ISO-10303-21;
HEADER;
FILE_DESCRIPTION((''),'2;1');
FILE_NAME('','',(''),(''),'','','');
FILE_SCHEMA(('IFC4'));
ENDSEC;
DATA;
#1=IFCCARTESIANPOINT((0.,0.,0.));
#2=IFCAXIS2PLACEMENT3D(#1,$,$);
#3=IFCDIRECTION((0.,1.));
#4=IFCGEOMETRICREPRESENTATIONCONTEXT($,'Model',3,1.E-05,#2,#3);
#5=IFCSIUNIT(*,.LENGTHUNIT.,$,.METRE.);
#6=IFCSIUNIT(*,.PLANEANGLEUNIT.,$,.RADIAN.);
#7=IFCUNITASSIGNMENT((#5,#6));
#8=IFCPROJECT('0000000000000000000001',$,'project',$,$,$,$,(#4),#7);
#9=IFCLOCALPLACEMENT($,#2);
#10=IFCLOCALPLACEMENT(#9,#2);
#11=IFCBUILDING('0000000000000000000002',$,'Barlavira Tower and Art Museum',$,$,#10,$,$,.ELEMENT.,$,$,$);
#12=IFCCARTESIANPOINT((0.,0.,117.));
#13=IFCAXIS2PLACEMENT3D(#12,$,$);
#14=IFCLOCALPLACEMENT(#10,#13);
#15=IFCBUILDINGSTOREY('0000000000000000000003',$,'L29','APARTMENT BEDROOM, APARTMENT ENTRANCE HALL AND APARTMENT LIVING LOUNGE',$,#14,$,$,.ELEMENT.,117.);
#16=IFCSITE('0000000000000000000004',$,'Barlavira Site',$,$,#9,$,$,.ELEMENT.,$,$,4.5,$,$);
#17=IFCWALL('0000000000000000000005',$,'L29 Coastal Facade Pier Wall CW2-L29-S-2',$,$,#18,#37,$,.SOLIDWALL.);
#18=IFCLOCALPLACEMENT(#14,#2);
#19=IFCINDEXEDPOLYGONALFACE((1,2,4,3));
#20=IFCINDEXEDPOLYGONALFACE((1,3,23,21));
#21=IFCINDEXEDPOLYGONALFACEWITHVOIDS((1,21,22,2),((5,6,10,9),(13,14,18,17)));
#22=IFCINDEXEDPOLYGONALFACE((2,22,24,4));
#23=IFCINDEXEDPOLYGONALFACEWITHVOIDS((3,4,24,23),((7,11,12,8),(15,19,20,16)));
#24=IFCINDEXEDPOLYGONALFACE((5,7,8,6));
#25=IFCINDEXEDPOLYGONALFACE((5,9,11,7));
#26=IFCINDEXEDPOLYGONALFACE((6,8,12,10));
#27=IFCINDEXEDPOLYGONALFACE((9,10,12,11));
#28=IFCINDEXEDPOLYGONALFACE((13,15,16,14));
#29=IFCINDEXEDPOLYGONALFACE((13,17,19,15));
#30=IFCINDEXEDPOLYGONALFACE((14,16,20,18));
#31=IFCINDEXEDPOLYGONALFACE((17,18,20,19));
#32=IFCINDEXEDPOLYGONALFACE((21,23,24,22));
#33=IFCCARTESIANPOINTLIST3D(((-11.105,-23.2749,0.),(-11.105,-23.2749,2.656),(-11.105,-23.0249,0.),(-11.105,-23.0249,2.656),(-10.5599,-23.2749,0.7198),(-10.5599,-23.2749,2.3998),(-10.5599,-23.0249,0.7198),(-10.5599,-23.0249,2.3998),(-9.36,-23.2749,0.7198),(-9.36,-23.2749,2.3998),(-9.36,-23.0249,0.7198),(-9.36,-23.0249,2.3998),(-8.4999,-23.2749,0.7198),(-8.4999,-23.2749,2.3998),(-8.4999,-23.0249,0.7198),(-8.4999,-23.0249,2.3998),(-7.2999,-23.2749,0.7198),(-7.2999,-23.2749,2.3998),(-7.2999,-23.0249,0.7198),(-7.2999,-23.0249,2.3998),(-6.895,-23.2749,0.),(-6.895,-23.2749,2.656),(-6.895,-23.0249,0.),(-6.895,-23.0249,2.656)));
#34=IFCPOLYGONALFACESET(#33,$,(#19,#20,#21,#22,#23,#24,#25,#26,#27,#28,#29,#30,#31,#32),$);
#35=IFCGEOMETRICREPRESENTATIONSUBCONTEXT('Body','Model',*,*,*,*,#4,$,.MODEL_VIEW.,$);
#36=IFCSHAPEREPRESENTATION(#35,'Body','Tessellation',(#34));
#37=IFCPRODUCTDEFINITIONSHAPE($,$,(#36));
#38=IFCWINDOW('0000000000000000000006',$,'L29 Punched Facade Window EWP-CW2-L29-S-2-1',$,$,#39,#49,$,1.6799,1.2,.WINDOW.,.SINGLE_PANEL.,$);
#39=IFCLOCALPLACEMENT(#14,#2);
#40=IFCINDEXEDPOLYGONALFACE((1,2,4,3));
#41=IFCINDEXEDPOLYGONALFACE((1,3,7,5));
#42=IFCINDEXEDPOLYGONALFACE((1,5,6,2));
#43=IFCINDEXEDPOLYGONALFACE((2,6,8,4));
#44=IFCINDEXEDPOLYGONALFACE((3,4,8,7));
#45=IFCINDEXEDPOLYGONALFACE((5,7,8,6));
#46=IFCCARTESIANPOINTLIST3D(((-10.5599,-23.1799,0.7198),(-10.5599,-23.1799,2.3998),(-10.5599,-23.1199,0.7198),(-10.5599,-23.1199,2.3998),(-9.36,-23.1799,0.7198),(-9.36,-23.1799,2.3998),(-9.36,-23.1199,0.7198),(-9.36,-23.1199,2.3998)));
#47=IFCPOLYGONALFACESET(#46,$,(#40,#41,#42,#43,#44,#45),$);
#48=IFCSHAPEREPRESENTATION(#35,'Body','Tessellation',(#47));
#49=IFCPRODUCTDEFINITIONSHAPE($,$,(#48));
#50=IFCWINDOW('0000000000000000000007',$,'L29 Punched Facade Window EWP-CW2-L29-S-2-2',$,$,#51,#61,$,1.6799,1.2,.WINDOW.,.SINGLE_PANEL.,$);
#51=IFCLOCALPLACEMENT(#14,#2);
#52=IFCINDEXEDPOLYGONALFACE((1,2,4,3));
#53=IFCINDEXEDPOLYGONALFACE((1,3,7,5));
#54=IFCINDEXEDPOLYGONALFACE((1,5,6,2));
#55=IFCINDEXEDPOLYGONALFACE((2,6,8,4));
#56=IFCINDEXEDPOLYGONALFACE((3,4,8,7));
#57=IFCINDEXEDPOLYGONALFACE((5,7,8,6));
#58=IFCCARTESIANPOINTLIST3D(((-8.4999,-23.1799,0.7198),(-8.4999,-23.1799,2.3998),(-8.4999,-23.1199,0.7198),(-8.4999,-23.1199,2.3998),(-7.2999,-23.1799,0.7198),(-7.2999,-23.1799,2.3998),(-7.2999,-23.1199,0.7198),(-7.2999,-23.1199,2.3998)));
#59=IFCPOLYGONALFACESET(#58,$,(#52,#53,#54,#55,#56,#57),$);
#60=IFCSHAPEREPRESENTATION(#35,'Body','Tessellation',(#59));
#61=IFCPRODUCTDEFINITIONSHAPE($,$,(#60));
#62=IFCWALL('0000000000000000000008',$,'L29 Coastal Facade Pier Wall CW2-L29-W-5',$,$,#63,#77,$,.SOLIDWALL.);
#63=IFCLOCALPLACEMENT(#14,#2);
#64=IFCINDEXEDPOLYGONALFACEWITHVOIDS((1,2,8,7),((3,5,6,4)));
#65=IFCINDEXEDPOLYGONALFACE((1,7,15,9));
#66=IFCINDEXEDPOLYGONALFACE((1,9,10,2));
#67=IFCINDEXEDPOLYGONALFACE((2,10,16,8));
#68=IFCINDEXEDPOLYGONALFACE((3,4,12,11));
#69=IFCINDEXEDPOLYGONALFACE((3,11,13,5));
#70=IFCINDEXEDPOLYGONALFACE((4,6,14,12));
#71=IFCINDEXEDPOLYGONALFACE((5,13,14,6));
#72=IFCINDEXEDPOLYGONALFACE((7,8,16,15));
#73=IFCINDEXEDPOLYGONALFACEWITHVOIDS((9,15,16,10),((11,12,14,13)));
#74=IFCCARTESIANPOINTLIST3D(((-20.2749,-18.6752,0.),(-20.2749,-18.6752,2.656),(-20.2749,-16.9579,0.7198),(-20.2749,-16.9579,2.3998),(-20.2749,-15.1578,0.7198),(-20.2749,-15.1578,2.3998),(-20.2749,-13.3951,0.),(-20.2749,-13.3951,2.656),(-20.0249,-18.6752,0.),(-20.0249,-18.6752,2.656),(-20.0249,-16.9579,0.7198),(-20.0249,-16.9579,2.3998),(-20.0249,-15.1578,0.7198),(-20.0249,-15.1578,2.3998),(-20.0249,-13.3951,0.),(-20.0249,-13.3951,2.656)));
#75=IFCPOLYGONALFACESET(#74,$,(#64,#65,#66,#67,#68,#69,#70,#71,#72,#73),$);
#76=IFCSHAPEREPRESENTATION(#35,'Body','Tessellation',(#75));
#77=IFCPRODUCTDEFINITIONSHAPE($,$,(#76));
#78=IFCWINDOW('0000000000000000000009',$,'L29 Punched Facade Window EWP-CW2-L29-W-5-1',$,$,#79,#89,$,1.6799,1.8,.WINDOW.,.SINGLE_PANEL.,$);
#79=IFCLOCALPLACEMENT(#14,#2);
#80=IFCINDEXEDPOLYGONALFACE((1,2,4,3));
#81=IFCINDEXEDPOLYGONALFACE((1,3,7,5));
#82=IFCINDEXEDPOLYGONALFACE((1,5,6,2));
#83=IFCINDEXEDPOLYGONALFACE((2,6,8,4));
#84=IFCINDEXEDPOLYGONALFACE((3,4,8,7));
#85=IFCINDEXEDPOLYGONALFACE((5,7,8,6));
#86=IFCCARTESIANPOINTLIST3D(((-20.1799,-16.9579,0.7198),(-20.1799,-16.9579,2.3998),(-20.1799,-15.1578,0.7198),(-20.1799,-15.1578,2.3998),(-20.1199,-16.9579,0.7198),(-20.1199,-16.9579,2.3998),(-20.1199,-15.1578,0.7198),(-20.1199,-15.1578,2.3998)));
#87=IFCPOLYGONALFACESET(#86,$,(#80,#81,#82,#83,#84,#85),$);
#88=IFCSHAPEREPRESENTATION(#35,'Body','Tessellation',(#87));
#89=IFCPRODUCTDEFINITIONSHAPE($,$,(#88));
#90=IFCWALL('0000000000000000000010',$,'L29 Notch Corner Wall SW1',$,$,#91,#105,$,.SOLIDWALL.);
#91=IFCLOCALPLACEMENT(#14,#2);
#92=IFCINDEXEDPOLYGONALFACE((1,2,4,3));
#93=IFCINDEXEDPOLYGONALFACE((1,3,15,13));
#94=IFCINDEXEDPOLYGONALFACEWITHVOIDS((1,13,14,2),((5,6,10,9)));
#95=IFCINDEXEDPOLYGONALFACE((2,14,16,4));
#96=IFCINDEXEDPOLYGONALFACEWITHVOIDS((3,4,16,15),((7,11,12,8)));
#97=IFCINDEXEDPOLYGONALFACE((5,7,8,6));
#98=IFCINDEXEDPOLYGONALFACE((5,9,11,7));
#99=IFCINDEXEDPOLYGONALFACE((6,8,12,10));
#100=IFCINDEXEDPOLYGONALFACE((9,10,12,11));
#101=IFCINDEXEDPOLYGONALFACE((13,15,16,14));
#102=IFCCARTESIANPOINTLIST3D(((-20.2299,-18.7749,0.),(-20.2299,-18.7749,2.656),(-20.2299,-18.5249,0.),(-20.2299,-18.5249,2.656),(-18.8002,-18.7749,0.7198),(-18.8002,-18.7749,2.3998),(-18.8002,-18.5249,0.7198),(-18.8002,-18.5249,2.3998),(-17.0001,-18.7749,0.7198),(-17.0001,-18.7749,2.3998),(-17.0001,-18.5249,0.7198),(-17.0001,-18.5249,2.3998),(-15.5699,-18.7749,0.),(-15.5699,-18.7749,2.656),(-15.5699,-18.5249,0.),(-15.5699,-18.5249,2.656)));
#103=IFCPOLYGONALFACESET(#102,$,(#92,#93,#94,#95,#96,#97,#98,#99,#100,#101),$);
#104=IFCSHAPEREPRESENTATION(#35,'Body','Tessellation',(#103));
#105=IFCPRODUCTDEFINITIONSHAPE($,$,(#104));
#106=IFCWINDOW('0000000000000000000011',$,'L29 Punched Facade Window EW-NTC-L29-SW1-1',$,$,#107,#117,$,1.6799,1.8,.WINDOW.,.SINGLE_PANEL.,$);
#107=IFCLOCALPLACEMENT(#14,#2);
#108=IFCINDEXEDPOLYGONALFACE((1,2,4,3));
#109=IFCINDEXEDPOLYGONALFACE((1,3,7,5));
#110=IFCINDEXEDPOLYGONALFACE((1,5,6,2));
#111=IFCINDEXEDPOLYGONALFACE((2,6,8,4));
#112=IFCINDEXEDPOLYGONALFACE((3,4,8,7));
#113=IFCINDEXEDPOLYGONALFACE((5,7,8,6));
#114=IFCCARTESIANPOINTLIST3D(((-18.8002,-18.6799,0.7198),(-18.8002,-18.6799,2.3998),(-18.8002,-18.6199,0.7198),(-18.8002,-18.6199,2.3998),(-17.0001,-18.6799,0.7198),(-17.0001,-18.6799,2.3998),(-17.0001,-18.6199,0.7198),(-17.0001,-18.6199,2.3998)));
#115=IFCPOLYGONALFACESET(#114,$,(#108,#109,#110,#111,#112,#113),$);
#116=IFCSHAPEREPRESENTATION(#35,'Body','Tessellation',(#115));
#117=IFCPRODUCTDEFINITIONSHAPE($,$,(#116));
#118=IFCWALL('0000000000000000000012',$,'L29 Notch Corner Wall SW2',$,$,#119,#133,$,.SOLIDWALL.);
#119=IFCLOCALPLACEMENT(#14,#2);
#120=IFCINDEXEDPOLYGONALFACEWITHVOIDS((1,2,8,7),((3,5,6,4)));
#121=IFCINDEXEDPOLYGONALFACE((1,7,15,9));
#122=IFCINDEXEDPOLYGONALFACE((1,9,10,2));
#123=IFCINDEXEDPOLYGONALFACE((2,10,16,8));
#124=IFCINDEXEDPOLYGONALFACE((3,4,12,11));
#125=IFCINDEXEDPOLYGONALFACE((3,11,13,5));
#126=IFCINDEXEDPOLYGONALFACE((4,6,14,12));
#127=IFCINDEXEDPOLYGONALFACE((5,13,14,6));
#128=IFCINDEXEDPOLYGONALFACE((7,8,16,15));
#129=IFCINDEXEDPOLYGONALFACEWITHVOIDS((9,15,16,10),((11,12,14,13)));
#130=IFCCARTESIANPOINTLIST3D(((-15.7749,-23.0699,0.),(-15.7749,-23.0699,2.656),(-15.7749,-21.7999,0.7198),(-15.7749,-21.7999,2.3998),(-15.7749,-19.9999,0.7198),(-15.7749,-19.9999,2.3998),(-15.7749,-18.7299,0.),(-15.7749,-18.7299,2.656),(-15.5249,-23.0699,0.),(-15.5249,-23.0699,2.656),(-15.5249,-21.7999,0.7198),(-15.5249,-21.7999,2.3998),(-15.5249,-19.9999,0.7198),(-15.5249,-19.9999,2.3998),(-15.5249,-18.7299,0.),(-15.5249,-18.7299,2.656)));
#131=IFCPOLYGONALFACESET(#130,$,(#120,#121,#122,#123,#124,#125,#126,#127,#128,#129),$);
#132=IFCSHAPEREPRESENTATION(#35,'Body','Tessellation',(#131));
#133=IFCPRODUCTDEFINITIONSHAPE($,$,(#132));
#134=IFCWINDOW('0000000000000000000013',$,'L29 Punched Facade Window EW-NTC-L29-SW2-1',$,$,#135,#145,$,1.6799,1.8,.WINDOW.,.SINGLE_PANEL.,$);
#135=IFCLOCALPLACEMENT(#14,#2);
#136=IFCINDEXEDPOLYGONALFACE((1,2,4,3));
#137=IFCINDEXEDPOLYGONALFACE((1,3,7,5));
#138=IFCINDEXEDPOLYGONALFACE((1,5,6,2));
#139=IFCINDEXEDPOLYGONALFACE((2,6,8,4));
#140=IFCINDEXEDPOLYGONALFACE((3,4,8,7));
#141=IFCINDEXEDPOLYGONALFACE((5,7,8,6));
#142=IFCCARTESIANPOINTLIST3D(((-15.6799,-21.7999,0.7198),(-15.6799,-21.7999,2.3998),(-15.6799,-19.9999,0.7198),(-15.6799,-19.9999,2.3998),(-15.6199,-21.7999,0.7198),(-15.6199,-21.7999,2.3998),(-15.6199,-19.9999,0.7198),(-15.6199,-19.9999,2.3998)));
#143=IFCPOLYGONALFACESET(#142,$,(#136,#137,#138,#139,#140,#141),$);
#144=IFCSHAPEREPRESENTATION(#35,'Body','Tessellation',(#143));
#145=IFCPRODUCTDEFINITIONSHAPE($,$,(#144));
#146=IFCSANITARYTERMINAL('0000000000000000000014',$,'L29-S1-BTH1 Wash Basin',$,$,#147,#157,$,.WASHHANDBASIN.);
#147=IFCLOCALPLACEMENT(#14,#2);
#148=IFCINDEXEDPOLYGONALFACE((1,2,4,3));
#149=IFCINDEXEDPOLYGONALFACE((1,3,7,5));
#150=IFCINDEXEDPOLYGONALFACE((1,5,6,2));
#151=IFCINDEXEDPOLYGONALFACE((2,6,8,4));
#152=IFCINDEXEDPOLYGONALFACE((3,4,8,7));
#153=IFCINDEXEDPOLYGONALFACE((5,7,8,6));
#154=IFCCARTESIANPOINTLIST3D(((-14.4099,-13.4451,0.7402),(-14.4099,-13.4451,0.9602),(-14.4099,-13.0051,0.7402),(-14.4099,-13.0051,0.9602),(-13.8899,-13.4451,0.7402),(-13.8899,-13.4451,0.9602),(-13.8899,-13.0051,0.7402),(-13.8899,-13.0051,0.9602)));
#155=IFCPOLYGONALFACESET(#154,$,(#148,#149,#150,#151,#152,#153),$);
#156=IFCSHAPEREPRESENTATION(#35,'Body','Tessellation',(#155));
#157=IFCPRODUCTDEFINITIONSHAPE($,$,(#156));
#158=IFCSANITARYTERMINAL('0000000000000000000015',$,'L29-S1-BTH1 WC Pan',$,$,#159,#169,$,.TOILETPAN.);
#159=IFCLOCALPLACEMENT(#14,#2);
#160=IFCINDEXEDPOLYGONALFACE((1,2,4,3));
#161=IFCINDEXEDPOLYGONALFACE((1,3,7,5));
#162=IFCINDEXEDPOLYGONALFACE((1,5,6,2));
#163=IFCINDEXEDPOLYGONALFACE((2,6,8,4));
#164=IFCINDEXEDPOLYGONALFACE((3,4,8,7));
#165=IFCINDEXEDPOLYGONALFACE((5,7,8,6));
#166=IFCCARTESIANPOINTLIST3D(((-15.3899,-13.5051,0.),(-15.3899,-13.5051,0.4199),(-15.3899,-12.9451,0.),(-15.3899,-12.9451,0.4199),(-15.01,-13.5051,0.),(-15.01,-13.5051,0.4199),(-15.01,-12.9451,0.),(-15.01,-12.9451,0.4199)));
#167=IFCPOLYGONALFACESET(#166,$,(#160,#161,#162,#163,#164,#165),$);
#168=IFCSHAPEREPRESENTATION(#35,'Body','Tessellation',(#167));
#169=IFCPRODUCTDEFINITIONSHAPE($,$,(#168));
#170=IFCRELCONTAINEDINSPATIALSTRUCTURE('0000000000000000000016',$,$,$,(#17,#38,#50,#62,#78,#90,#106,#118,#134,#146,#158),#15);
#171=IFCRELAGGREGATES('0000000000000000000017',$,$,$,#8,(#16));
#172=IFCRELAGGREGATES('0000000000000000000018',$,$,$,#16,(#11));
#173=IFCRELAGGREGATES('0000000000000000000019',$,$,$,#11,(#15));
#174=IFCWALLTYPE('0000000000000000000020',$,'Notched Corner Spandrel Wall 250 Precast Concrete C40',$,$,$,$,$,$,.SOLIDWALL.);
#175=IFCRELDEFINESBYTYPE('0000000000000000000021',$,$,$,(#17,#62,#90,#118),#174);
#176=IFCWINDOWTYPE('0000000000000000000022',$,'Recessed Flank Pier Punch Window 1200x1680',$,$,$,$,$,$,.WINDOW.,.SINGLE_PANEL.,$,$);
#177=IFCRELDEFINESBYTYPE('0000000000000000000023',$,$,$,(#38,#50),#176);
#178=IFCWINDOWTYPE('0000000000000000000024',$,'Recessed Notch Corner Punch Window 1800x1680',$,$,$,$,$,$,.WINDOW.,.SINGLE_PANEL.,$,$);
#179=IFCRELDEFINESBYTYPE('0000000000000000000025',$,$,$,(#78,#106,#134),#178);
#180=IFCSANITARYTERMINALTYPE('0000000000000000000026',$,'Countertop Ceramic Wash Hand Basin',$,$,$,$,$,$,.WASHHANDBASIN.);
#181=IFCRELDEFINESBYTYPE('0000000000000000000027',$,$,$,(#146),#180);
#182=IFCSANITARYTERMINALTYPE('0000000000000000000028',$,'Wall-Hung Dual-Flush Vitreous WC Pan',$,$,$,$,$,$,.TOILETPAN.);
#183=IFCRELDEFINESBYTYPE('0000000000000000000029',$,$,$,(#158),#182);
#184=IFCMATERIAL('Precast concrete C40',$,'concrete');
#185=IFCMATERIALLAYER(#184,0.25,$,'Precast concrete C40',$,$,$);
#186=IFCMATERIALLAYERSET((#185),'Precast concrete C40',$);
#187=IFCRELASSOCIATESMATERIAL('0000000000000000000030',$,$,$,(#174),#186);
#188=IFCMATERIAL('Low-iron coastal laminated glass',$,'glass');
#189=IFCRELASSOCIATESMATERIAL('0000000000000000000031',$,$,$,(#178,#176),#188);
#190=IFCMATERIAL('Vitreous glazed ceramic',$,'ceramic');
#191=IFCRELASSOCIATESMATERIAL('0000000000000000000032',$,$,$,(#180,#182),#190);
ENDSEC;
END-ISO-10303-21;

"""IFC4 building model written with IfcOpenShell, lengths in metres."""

from ifc_helpers import new_model, si_unit, direction, frame, frame_2d, origin, origin_2d, place, context, subcontext, project, spatial, rectangle, extrude, material, layer, layer_set, type_object, element, fill, save


model = new_model("IFC4")

# Units and contexts
model_context = context("Model", 3, precision=1e-05, world=origin(), true_north=direction((0.0, 1.0)))
body_context = subcontext(model_context, "Body", "Model", "MODEL_VIEW")
ifc_project = project(units=[si_unit("LENGTHUNIT", "METRE"), si_unit("PLANEANGLEUNIT", "RADIAN")], contexts=[model_context])

# Site, building, storey
site_placement = place(None, origin())
site = spatial("IfcSite", under=ifc_project, at=site_placement, Name="Barlavira Site", CompositionType="ELEMENT", RefElevation=4.5)
building_placement = place(site_placement, origin())
building = spatial("IfcBuilding", under=site, at=building_placement, Name="Barlavira Tower and Art Museum", CompositionType="ELEMENT")
storey_placement = place(building_placement, frame((0.0, 0.0, 117.0)))
storey = spatial("IfcBuildingStorey", under=building, at=storey_placement, Name="L29", Description="APARTMENT BEDROOM, APARTMENT ENTRANCE HALL AND APARTMENT LIVING LOUNGE", CompositionType="ELEMENT", Elevation=117.0)

# Shared definitions
ifc_material_1 = material(Name="Precast concrete C40", Category="concrete")
ifc_layer_1 = layer(ifc_material_1, 0.25, Name="Precast concrete C40")
ifc_layer_set_1 = layer_set([ifc_layer_1], Name="Precast concrete C40")
wall_type_1 = type_object("IfcWallType", Name="Notched Corner Spandrel Wall 250 Precast Concrete C40", PredefinedType="SOLIDWALL", material=ifc_layer_set_1)
ifc_material_2 = material(Name="Low-iron coastal laminated glass", Category="glass")
window_type_1 = type_object("IfcWindowType", Name="Recessed Notch Corner Punch Window 1800x1680", PartitioningType="SINGLE_PANEL", PredefinedType="WINDOW", material=ifc_material_2)

# Wall, openings, windows
wall_1_placement = place(storey_placement, frame((-11.105, -23.1499, 0.0), z_axis=(0.0, 0.0, 1.0), x_axis=(1.0, 0.0, 0.0)))
wall_1 = element("IfcWall", 1, at=wall_1_placement, inside=storey, type_object=wall_type_1, Name="L29 Coastal Facade Pier Wall CW2-L29-S-2", PredefinedType="SOLIDWALL", context=body_context, shape_type="SweptSolid", body=[
    extrude(rectangle(XDim=4.21, YDim=0.25, at=frame_2d((2.105, 0.0))), origin(), (0.0, 0.0, 1.0), 2.656),
])
opening_1_placement = place(wall_1_placement, frame((0.5449, 0.0, 0.72)))
opening_1 = element("IfcOpeningElement", 2, at=opening_1_placement, cuts=wall_1, PredefinedType="OPENING", context=body_context, shape_type="SweptSolid", body=[
    extrude(rectangle(XDim=1.2, YDim=1.6799, at=frame_2d((0.6001, 0.8398))), frame((0.0, 0.135, 0.0), z_axis=(0.0, -1.0, 0.0), x_axis=(1.0, 0.0, 0.0)), (0.0, 0.0, 1.0), 0.27),
])
opening_2_placement = place(wall_1_placement, frame((2.605, 0.0, 0.72)))
opening_2 = element("IfcOpeningElement", 3, at=opening_2_placement, cuts=wall_1, PredefinedType="OPENING", context=body_context, shape_type="SweptSolid", body=[
    extrude(rectangle(XDim=1.2, YDim=1.6799, at=frame_2d((0.6001, 0.8398))), frame((0.0, 0.135, 0.0), z_axis=(0.0, -1.0, 0.0), x_axis=(1.0, 0.0, 0.0)), (0.0, 0.0, 1.0), 0.27),
])
window_type_2 = type_object("IfcWindowType", Name="Recessed Flank Pier Punch Window 1200x1680", PartitioningType="SINGLE_PANEL", PredefinedType="WINDOW", material=ifc_material_2)
window_1_placement = place(opening_1_placement, origin())
window_1 = element("IfcWindow", 4, at=window_1_placement, inside=storey, type_object=window_type_2, Name="L29 Punched Facade Window EWP-CW2-L29-S-2-1", OverallHeight=1.6799, OverallWidth=1.2, PartitioningType="SINGLE_PANEL", PredefinedType="WINDOW", context=body_context, shape_type="SweptSolid", body=[
    extrude(rectangle(XDim=1.2, YDim=1.6799, at=frame_2d((0.6001, 0.8398))), frame((0.0, 0.03, 0.0), z_axis=(0.0, -1.0, 0.0), x_axis=(1.0, 0.0, 0.0)), (0.0, 0.0, 1.0), 0.0601),
])
fill(opening_1, window_1)
window_2_placement = place(opening_2_placement, origin())
window_2 = element("IfcWindow", 5, at=window_2_placement, inside=storey, type_object=window_type_2, Name="L29 Punched Facade Window EWP-CW2-L29-S-2-2", OverallHeight=1.6799, OverallWidth=1.2, PartitioningType="SINGLE_PANEL", PredefinedType="WINDOW", context=body_context, shape_type="SweptSolid", body=[
    extrude(rectangle(XDim=1.2, YDim=1.6799, at=frame_2d((0.6001, 0.8398))), frame((0.0, 0.03, 0.0), z_axis=(0.0, -1.0, 0.0), x_axis=(1.0, 0.0, 0.0)), (0.0, 0.0, 1.0), 0.0601),
])
fill(opening_2, window_2)

# Walls, openings, windows
wall_2_placement = place(storey_placement, frame((-20.1499, -13.395, 0.0), z_axis=(0.0, 0.0, 1.0), x_axis=(0.0, -1.0, 0.0)))
wall_2 = element("IfcWall", 6, at=wall_2_placement, inside=storey, type_object=wall_type_1, Name="L29 Coastal Facade Pier Wall CW2-L29-W-5", PredefinedType="SOLIDWALL", context=body_context, shape_type="SweptSolid", body=[
    extrude(rectangle(XDim=5.28, YDim=0.25, at=frame_2d((2.6401, 0.0))), origin(), (0.0, 0.0, 1.0), 2.656),
])
opening_3_placement = place(wall_2_placement, frame((1.7629, 0.0, 0.72)))
opening_3 = element("IfcOpeningElement", 7, at=opening_3_placement, cuts=wall_2, PredefinedType="OPENING", context=body_context, shape_type="SweptSolid", body=[
    extrude(rectangle(XDim=1.8, YDim=1.6799, at=frame_2d((0.8999, 0.8398))), frame((0.0, 0.135, 0.0), z_axis=(0.0, -1.0, 0.0), x_axis=(1.0, 0.0, 0.0)), (0.0, 0.0, 1.0), 0.27),
])
window_3_placement = place(opening_3_placement, origin())
window_3 = element("IfcWindow", 8, at=window_3_placement, inside=storey, type_object=window_type_1, Name="L29 Punched Facade Window EWP-CW2-L29-W-5-1", OverallHeight=1.6799, OverallWidth=1.8, PartitioningType="SINGLE_PANEL", PredefinedType="WINDOW", context=body_context, shape_type="SweptSolid", body=[
    extrude(rectangle(XDim=1.8, YDim=1.6799, at=frame_2d((0.8999, 0.8398))), frame((0.0, 0.03, 0.0), z_axis=(0.0, -1.0, 0.0), x_axis=(1.0, 0.0, 0.0)), (0.0, 0.0, 1.0), 0.0601),
])
fill(opening_3, window_3)
wall_3_placement = place(storey_placement, frame((-20.23, -18.6499, 0.0), z_axis=(0.0, 0.0, 1.0), x_axis=(1.0, 0.0, 0.0)))
wall_3 = element("IfcWall", 9, at=wall_3_placement, inside=storey, type_object=wall_type_1, Name="L29 Notch Corner Wall SW1", PredefinedType="SOLIDWALL", context=body_context, shape_type="SweptSolid", body=[
    extrude(rectangle(XDim=4.6599, YDim=0.25, at=frame_2d((2.3301, 0.0))), origin(), (0.0, 0.0, 1.0), 2.656),
])
opening_4_placement = place(wall_3_placement, frame((1.4299, 0.0, 0.72)))
opening_4 = element("IfcOpeningElement", 10, at=opening_4_placement, cuts=wall_3, PredefinedType="OPENING", context=body_context, shape_type="SweptSolid", body=[
    extrude(rectangle(XDim=1.8, YDim=1.6799, at=frame_2d((0.8999, 0.8398))), frame((0.0, 0.135, 0.0), z_axis=(0.0, -1.0, 0.0), x_axis=(1.0, 0.0, 0.0)), (0.0, 0.0, 1.0), 0.27),
])
window_4_placement = place(opening_4_placement, origin())
window_4 = element("IfcWindow", 11, at=window_4_placement, inside=storey, type_object=window_type_1, Name="L29 Punched Facade Window EW-NTC-L29-SW1-1", OverallHeight=1.6799, OverallWidth=1.8, PartitioningType="SINGLE_PANEL", PredefinedType="WINDOW", context=body_context, shape_type="SweptSolid", body=[
    extrude(rectangle(XDim=1.8, YDim=1.6799, at=frame_2d((0.8999, 0.8398))), frame((0.0, 0.03, 0.0), z_axis=(0.0, -1.0, 0.0), x_axis=(1.0, 0.0, 0.0)), (0.0, 0.0, 1.0), 0.0601),
])
fill(opening_4, window_4)
wall_4_placement = place(storey_placement, frame((-15.6499, -18.73, 0.0), z_axis=(0.0, 0.0, 1.0), x_axis=(0.0, -1.0, 0.0)))
wall_4 = element("IfcWall", 12, at=wall_4_placement, inside=storey, type_object=wall_type_1, Name="L29 Notch Corner Wall SW2", PredefinedType="SOLIDWALL", context=body_context, shape_type="SweptSolid", body=[
    extrude(rectangle(XDim=4.3401, YDim=0.25, at=frame_2d((2.1699, 0.0))), origin(), (0.0, 0.0, 1.0), 2.656),
])
opening_5_placement = place(wall_4_placement, frame((1.27, 0.0, 0.72)))
opening_5 = element("IfcOpeningElement", 13, at=opening_5_placement, cuts=wall_4, PredefinedType="OPENING", context=body_context, shape_type="SweptSolid", body=[
    extrude(rectangle(XDim=1.8, YDim=1.6799, at=frame_2d((0.8999, 0.8398))), frame((0.0, 0.135, 0.0), z_axis=(0.0, -1.0, 0.0), x_axis=(1.0, 0.0, 0.0)), (0.0, 0.0, 1.0), 0.27),
])
window_5_placement = place(opening_5_placement, origin())
window_5 = element("IfcWindow", 14, at=window_5_placement, inside=storey, type_object=window_type_1, Name="L29 Punched Facade Window EW-NTC-L29-SW2-1", OverallHeight=1.6799, OverallWidth=1.8, PartitioningType="SINGLE_PANEL", PredefinedType="WINDOW", context=body_context, shape_type="SweptSolid", body=[
    extrude(rectangle(XDim=1.8, YDim=1.6799, at=frame_2d((0.8999, 0.8398))), frame((0.0, 0.03, 0.0), z_axis=(0.0, -1.0, 0.0), x_axis=(1.0, 0.0, 0.0)), (0.0, 0.0, 1.0), 0.0601),
])
fill(opening_5, window_5)

# Sanitary terminals
ifc_material_3 = material(Name="Vitreous glazed ceramic", Category="ceramic")
sanitary_terminal_type_1 = type_object("IfcSanitaryTerminalType", Name="Countertop Ceramic Wash Hand Basin", PredefinedType="WASHHANDBASIN", material=ifc_material_3)
sanitary_terminal_1_placement = place(storey_placement, frame((-14.1499, -13.2251, 0.7402), z_axis=(0.0, 0.0, 1.0), x_axis=(1.0, 0.0, 0.0)))
element("IfcSanitaryTerminal", 15, at=sanitary_terminal_1_placement, inside=storey, type_object=sanitary_terminal_type_1, Name="L29-S1-BTH1 Wash Basin", PredefinedType="WASHHANDBASIN", context=body_context, shape_type="SweptSolid", body=[
    extrude(rectangle(XDim=0.52, YDim=0.4399, at=origin_2d()), origin(), (0.0, 0.0, 1.0), 0.22),
])
sanitary_terminal_type_2 = type_object("IfcSanitaryTerminalType", Name="Wall-Hung Dual-Flush Vitreous WC Pan", PredefinedType="TOILETPAN", material=ifc_material_3)
sanitary_terminal_2_placement = place(storey_placement, frame((-15.2, -13.2251, 0.0), z_axis=(0.0, 0.0, 1.0), x_axis=(1.0, 0.0, 0.0)))
element("IfcSanitaryTerminal", 16, at=sanitary_terminal_2_placement, inside=storey, type_object=sanitary_terminal_type_2, Name="L29-S1-BTH1 WC Pan", PredefinedType="TOILETPAN", context=body_context, shape_type="SweptSolid", body=[
    extrude(rectangle(XDim=0.3799, YDim=0.5601, at=origin_2d()), origin(), (0.0, 0.0, 1.0), 0.4199),
])

save(model, "model.ifc")
